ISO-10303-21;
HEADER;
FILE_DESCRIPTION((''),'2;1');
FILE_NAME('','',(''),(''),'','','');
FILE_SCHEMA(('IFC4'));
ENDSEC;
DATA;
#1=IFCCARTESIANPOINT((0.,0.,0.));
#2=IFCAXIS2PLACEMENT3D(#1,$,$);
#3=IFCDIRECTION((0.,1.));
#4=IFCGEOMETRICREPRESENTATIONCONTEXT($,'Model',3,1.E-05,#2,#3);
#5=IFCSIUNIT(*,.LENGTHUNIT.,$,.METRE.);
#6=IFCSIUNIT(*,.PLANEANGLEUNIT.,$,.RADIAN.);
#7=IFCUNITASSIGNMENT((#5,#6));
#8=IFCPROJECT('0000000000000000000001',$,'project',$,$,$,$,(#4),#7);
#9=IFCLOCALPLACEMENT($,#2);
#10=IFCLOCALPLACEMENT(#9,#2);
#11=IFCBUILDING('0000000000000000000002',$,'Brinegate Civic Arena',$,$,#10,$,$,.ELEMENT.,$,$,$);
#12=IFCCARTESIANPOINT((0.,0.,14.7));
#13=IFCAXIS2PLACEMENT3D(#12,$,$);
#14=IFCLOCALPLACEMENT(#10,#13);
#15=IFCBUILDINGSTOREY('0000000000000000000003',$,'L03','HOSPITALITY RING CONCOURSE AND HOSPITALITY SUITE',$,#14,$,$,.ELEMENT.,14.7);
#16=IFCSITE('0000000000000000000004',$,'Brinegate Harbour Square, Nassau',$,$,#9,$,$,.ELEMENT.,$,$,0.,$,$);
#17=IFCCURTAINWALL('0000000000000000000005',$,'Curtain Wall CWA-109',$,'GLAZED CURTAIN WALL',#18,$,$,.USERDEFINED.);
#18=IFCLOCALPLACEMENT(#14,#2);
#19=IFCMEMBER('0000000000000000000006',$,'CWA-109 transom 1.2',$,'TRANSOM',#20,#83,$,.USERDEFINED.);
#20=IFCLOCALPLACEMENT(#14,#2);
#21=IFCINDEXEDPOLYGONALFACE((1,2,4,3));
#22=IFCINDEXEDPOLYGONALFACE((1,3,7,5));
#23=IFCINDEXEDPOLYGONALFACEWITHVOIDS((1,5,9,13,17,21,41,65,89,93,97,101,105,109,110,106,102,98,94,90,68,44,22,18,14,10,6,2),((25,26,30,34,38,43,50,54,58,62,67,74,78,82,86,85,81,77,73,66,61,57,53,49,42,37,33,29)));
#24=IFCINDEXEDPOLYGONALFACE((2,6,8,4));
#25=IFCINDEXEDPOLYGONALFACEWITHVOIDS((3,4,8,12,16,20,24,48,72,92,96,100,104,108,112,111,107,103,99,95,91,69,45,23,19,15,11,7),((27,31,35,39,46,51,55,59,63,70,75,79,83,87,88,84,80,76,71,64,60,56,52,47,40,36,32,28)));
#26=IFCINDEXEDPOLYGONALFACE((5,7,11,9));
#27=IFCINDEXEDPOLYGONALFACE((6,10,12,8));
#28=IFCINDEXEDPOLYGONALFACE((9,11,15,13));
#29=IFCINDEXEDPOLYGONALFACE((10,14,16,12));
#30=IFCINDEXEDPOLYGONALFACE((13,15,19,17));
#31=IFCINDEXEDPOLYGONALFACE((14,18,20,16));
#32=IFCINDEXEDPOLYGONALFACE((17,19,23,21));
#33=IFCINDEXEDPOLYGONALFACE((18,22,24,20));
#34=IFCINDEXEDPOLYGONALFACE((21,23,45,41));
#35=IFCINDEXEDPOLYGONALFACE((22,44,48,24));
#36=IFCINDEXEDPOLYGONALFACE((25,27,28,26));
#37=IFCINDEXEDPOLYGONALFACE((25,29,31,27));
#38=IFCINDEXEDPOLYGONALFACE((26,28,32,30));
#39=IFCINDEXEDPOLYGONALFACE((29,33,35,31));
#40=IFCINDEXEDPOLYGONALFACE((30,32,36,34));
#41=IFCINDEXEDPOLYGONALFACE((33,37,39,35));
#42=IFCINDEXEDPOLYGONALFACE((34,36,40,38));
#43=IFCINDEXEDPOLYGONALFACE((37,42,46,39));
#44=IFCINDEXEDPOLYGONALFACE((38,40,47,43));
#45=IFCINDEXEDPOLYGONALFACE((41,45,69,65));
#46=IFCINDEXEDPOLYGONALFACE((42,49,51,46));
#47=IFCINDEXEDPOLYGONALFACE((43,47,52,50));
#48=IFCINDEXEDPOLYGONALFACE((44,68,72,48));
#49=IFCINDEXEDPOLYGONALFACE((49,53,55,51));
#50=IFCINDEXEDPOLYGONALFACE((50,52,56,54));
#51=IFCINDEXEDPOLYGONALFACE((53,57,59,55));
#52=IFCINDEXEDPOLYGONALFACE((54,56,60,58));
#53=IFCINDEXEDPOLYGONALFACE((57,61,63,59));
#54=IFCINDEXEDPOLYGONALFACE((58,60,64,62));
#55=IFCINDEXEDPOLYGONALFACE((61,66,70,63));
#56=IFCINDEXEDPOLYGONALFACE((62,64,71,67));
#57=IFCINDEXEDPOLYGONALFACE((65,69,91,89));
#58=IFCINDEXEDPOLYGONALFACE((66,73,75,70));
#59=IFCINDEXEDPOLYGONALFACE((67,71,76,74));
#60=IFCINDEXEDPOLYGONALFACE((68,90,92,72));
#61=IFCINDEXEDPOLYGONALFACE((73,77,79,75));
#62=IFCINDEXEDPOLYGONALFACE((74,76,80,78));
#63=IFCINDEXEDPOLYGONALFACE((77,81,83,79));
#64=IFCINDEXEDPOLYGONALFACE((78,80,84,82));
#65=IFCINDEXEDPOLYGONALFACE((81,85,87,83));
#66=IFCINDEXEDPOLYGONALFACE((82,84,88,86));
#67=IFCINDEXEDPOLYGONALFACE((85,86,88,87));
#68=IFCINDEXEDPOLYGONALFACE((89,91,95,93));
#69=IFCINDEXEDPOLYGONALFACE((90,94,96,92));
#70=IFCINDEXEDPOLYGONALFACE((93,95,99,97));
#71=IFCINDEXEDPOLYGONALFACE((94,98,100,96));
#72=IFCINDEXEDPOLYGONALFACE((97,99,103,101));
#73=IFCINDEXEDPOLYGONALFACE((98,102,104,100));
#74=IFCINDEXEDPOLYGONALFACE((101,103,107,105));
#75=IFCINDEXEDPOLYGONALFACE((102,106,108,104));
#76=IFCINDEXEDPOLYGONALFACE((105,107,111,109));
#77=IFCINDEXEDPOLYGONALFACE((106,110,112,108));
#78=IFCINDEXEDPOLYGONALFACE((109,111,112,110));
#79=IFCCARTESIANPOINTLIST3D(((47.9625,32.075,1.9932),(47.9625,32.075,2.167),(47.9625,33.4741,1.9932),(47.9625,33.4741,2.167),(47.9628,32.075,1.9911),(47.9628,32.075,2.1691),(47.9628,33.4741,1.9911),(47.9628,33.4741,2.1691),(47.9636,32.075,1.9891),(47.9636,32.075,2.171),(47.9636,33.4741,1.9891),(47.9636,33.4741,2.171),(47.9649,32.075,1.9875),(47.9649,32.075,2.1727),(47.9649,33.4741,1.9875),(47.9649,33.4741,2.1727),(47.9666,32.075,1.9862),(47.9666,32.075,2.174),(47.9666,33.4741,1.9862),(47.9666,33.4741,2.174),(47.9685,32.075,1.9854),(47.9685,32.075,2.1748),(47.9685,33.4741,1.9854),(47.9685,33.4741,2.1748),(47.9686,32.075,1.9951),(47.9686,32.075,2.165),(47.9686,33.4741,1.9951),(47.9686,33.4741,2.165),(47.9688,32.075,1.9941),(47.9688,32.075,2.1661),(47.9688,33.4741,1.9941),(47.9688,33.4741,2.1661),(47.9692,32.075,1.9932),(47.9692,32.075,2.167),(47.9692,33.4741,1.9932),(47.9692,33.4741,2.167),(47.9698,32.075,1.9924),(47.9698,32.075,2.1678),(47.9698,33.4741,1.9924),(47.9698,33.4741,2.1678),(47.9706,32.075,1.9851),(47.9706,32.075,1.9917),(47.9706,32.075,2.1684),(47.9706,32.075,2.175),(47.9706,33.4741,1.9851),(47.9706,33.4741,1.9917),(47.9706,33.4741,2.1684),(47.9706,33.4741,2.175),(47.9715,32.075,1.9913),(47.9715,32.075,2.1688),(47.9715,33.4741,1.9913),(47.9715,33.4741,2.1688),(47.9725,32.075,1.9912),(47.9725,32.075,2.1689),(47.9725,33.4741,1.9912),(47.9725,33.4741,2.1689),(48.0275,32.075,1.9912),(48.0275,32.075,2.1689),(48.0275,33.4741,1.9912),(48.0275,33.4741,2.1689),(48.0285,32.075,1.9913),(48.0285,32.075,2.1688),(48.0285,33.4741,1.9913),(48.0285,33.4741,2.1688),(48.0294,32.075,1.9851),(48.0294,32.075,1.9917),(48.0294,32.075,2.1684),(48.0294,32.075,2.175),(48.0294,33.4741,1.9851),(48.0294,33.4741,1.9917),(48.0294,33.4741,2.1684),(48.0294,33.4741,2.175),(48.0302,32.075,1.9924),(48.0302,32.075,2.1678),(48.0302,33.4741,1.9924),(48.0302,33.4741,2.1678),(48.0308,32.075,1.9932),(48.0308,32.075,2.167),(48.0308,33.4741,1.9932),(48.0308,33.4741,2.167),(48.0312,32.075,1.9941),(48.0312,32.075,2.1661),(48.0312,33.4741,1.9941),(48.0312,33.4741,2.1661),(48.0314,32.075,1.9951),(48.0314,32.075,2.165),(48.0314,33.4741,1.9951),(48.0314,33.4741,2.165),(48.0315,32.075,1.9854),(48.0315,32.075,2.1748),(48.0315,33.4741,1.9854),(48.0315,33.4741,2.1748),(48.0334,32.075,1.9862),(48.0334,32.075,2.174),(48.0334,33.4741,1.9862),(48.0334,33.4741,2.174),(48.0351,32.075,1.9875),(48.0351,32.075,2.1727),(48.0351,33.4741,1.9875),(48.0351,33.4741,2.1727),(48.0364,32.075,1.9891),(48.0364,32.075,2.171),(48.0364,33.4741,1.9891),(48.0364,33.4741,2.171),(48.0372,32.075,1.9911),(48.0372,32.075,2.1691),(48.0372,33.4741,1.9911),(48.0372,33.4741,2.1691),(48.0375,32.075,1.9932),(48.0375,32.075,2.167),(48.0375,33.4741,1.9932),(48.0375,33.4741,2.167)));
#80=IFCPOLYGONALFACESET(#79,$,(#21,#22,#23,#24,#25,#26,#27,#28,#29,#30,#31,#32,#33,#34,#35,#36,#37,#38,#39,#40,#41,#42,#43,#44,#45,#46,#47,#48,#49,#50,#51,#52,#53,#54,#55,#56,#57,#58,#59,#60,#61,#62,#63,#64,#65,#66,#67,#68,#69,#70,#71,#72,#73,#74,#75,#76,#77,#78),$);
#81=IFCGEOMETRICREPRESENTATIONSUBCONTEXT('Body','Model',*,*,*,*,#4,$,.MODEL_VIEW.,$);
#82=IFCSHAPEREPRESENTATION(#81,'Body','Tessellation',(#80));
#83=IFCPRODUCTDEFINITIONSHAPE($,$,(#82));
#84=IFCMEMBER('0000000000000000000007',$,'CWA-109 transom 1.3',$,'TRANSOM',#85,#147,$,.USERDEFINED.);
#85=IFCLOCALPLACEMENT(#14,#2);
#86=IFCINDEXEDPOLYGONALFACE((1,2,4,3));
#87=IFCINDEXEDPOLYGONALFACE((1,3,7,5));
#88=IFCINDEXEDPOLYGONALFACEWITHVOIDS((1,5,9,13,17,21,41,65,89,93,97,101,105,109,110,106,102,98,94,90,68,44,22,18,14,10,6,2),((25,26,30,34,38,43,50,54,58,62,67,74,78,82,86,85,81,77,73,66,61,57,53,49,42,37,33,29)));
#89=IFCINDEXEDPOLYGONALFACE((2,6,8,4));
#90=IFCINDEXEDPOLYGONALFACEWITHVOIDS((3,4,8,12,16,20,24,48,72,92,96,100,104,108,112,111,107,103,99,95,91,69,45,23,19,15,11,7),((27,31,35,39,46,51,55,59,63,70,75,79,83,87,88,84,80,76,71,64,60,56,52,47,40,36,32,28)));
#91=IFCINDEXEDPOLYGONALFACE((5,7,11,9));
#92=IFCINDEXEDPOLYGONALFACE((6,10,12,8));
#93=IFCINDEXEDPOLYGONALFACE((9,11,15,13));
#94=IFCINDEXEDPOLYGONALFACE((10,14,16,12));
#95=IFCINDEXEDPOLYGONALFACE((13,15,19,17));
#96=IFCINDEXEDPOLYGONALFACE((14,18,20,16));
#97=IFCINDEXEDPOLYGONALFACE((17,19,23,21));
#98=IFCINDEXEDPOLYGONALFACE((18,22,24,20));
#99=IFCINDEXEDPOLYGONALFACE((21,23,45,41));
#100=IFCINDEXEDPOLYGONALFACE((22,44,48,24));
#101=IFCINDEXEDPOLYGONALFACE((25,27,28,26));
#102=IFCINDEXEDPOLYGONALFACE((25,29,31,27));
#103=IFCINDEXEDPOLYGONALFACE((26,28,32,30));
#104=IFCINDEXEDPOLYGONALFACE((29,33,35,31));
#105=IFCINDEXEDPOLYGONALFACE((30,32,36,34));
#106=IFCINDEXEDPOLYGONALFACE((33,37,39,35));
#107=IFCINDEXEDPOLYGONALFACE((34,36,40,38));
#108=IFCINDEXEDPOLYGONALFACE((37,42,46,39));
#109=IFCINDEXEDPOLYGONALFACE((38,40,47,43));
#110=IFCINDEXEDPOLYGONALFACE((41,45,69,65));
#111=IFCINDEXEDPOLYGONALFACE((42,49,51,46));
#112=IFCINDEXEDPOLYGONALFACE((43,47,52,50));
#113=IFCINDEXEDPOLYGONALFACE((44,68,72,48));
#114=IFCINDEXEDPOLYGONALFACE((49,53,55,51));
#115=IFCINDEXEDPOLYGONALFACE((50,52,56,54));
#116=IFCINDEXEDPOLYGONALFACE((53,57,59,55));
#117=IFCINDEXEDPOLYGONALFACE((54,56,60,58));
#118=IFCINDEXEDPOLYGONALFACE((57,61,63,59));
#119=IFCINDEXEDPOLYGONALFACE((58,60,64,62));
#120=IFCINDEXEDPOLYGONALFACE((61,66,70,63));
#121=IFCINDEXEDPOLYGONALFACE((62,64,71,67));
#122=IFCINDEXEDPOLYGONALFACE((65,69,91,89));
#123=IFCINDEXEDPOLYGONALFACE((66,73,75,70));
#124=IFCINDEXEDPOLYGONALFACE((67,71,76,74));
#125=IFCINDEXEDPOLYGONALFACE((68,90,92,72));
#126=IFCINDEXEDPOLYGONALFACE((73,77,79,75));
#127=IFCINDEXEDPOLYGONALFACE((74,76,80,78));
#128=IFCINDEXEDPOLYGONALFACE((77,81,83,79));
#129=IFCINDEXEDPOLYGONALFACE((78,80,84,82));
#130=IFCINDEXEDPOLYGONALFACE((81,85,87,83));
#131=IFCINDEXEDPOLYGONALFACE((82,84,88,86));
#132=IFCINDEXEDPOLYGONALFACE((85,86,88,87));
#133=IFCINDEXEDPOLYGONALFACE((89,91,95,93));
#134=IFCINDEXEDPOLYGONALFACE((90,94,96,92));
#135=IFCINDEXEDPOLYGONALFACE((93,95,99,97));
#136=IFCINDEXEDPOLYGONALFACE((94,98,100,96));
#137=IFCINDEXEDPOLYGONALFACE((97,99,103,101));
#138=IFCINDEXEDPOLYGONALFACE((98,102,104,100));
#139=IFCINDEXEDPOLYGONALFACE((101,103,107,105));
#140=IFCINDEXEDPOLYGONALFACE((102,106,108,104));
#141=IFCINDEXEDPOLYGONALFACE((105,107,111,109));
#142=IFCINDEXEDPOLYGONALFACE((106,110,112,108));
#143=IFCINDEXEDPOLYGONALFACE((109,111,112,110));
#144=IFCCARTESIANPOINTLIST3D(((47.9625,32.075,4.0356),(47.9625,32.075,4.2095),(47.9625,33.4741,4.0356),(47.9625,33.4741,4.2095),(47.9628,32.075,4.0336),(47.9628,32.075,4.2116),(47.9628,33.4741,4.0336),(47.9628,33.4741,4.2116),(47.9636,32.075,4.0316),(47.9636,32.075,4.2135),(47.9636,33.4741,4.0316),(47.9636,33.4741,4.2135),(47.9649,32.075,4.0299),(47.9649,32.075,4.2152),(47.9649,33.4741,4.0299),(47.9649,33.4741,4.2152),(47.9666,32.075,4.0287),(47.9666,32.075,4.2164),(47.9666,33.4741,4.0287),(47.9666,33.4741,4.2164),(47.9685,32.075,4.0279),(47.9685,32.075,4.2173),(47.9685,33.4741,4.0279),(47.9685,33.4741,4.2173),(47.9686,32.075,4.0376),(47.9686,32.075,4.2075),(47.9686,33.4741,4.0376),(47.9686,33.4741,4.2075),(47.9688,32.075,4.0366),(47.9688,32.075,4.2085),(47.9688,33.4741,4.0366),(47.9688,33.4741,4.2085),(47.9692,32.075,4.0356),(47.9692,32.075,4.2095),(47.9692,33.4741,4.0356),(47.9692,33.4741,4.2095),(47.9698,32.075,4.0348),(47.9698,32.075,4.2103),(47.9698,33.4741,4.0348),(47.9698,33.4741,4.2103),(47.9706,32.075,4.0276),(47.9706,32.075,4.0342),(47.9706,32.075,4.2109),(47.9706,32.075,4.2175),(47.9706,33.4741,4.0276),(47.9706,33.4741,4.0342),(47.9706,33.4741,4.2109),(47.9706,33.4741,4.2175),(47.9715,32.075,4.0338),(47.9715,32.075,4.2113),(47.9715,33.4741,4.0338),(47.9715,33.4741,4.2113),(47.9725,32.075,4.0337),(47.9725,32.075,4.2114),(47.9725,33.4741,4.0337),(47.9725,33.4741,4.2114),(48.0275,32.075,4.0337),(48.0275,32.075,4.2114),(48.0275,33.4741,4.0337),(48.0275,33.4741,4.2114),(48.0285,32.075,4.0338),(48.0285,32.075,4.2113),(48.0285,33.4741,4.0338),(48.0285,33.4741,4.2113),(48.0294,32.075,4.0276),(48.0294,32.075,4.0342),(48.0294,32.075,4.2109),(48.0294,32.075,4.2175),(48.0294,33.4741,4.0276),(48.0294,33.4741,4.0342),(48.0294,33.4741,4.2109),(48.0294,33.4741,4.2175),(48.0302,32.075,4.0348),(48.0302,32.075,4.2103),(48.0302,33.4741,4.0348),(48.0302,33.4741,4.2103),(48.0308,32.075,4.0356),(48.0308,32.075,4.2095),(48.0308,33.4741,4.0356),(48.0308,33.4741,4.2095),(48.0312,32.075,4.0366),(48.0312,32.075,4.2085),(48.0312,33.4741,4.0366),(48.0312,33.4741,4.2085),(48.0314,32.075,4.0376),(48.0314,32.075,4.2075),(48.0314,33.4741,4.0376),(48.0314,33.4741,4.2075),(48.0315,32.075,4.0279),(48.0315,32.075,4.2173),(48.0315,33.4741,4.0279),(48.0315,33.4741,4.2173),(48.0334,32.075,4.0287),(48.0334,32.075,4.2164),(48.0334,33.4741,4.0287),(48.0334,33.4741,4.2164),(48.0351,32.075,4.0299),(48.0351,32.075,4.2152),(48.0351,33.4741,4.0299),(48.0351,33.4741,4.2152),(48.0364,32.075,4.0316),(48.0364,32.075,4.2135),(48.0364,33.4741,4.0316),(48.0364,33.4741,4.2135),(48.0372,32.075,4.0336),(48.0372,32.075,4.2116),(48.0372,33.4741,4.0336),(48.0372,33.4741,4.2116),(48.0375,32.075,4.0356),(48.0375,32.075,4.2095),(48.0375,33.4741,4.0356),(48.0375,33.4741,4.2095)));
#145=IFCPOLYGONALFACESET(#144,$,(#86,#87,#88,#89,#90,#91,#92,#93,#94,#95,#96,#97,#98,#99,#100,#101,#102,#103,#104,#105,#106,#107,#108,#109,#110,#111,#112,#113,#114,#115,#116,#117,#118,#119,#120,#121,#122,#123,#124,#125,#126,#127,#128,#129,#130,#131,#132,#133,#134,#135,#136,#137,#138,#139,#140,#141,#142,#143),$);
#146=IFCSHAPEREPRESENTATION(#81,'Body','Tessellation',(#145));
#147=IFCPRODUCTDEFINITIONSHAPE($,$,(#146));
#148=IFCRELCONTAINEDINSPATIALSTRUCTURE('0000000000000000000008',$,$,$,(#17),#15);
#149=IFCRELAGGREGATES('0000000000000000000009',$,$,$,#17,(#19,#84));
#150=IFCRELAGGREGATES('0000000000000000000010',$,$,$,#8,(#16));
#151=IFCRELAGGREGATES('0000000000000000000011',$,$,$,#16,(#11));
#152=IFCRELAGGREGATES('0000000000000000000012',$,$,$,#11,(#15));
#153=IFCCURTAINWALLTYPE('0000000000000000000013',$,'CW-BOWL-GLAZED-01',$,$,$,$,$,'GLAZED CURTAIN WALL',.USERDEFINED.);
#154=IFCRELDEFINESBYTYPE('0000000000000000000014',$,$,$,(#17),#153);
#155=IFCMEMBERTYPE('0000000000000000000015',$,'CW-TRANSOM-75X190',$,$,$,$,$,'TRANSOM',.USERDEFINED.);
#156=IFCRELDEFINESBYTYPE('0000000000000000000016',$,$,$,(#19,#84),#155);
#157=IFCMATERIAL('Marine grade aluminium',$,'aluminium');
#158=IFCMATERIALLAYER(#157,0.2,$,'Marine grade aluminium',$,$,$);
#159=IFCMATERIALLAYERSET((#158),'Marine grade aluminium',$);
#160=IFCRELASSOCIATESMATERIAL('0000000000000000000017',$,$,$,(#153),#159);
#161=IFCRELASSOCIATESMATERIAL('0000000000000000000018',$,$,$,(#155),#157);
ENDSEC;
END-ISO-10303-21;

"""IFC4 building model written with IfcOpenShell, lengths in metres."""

from ifc_helpers import new_model, si_unit, direction, frame, origin, origin_2d, place, context, subcontext, project, spatial, hollow_rectangle, extrude, material, layer, layer_set, material_profile, profile_set, type_object, element, aggregate, save


model = new_model("IFC4")

# Units and contexts
model_context = context("Model", 3, precision=1e-05, world=origin(), true_north=direction((0.0, 1.0)))
body_context = subcontext(model_context, "Body", "Model", "MODEL_VIEW")
ifc_project = project(units=[si_unit("LENGTHUNIT", "METRE"), si_unit("PLANEANGLEUNIT", "RADIAN")], contexts=[model_context])

# Site, building, storey
site_placement = place(None, origin())
site = spatial("IfcSite", under=ifc_project, at=site_placement, Name="Brinegate Harbour Square, Nassau", CompositionType="ELEMENT", RefElevation=0.0)
building_placement = place(site_placement, origin())
building = spatial("IfcBuilding", under=site, at=building_placement, Name="Brinegate Civic Arena", CompositionType="ELEMENT")
storey_placement = place(building_placement, frame((0.0, 0.0, 14.7)))
storey = spatial("IfcBuildingStorey", under=building, at=storey_placement, Name="L03", Description="HOSPITALITY RING CONCOURSE AND HOSPITALITY SUITE", CompositionType="ELEMENT", Elevation=14.7)

# Curtain wall
ifc_material_1 = material(Name="Marine grade aluminium", Category="aluminium")
ifc_layer_1 = layer(ifc_material_1, 0.2, Name="Marine grade aluminium")
ifc_layer_set_1 = layer_set([ifc_layer_1], Name="Marine grade aluminium")
curtain_wall_type = type_object("IfcCurtainWallType", Name="CW-BOWL-GLAZED-01", ElementType="GLAZED CURTAIN WALL", PredefinedType="USERDEFINED", material=ifc_layer_set_1)
curtain_wall_1_placement = place(storey_placement, origin())
curtain_wall_1 = element("IfcCurtainWall", 1, at=curtain_wall_1_placement, inside=storey, type_object=curtain_wall_type, Name="Curtain Wall CWA-109", ObjectType="GLAZED CURTAIN WALL", PredefinedType="USERDEFINED")

# Members
ifc_material_profile_1 = material_profile(ifc_material_1, hollow_rectangle(XDim=0.075, YDim=0.1899, WallThickness=0.0061, InnerFilletRadius=0.0039, OuterFilletRadius=0.0081, at=origin_2d()), Name="TRN75X190")
ifc_profile_set_1 = profile_set([ifc_material_profile_1], Name="Marine grade aluminium")
member_type_1 = type_object("IfcMemberType", Name="CW-TRANSOM-75X190", ElementType="TRANSOM", PredefinedType="USERDEFINED", material=ifc_profile_set_1)
member_1_placement = place(storey_placement, frame((48.0, 32.075, 2.0801), z_axis=(0.0, 1.0, 0.0), x_axis=(-1.0, 0.0, 0.0)))
member_1 = element("IfcMember", 2, at=member_1_placement, type_object=member_type_1, Name="CWA-109 transom 1.2", ObjectType="TRANSOM", PredefinedType="USERDEFINED", context=body_context, shape_type="SweptSolid", body=[
    extrude(hollow_rectangle(XDim=0.075, YDim=0.1899, WallThickness=0.0061, InnerFilletRadius=0.0039, OuterFilletRadius=0.0081, at=origin_2d()), origin(), (0.0, 0.0, 1.0), 1.3992),
])
member_2_placement = place(storey_placement, frame((48.0, 32.075, 4.1226), z_axis=(0.0, 1.0, 0.0), x_axis=(-1.0, 0.0, 0.0)))
member_2 = element("IfcMember", 3, at=member_2_placement, type_object=member_type_1, Name="CWA-109 transom 1.3", ObjectType="TRANSOM", PredefinedType="USERDEFINED", context=body_context, shape_type="SweptSolid", body=[
    extrude(hollow_rectangle(XDim=0.075, YDim=0.1899, WallThickness=0.0061, InnerFilletRadius=0.0039, OuterFilletRadius=0.0081, at=origin_2d()), origin(), (0.0, 0.0, 1.0), 1.3992),
])

aggregate(curtain_wall_1, [member_1, member_2])

save(model, "model.ifc")
